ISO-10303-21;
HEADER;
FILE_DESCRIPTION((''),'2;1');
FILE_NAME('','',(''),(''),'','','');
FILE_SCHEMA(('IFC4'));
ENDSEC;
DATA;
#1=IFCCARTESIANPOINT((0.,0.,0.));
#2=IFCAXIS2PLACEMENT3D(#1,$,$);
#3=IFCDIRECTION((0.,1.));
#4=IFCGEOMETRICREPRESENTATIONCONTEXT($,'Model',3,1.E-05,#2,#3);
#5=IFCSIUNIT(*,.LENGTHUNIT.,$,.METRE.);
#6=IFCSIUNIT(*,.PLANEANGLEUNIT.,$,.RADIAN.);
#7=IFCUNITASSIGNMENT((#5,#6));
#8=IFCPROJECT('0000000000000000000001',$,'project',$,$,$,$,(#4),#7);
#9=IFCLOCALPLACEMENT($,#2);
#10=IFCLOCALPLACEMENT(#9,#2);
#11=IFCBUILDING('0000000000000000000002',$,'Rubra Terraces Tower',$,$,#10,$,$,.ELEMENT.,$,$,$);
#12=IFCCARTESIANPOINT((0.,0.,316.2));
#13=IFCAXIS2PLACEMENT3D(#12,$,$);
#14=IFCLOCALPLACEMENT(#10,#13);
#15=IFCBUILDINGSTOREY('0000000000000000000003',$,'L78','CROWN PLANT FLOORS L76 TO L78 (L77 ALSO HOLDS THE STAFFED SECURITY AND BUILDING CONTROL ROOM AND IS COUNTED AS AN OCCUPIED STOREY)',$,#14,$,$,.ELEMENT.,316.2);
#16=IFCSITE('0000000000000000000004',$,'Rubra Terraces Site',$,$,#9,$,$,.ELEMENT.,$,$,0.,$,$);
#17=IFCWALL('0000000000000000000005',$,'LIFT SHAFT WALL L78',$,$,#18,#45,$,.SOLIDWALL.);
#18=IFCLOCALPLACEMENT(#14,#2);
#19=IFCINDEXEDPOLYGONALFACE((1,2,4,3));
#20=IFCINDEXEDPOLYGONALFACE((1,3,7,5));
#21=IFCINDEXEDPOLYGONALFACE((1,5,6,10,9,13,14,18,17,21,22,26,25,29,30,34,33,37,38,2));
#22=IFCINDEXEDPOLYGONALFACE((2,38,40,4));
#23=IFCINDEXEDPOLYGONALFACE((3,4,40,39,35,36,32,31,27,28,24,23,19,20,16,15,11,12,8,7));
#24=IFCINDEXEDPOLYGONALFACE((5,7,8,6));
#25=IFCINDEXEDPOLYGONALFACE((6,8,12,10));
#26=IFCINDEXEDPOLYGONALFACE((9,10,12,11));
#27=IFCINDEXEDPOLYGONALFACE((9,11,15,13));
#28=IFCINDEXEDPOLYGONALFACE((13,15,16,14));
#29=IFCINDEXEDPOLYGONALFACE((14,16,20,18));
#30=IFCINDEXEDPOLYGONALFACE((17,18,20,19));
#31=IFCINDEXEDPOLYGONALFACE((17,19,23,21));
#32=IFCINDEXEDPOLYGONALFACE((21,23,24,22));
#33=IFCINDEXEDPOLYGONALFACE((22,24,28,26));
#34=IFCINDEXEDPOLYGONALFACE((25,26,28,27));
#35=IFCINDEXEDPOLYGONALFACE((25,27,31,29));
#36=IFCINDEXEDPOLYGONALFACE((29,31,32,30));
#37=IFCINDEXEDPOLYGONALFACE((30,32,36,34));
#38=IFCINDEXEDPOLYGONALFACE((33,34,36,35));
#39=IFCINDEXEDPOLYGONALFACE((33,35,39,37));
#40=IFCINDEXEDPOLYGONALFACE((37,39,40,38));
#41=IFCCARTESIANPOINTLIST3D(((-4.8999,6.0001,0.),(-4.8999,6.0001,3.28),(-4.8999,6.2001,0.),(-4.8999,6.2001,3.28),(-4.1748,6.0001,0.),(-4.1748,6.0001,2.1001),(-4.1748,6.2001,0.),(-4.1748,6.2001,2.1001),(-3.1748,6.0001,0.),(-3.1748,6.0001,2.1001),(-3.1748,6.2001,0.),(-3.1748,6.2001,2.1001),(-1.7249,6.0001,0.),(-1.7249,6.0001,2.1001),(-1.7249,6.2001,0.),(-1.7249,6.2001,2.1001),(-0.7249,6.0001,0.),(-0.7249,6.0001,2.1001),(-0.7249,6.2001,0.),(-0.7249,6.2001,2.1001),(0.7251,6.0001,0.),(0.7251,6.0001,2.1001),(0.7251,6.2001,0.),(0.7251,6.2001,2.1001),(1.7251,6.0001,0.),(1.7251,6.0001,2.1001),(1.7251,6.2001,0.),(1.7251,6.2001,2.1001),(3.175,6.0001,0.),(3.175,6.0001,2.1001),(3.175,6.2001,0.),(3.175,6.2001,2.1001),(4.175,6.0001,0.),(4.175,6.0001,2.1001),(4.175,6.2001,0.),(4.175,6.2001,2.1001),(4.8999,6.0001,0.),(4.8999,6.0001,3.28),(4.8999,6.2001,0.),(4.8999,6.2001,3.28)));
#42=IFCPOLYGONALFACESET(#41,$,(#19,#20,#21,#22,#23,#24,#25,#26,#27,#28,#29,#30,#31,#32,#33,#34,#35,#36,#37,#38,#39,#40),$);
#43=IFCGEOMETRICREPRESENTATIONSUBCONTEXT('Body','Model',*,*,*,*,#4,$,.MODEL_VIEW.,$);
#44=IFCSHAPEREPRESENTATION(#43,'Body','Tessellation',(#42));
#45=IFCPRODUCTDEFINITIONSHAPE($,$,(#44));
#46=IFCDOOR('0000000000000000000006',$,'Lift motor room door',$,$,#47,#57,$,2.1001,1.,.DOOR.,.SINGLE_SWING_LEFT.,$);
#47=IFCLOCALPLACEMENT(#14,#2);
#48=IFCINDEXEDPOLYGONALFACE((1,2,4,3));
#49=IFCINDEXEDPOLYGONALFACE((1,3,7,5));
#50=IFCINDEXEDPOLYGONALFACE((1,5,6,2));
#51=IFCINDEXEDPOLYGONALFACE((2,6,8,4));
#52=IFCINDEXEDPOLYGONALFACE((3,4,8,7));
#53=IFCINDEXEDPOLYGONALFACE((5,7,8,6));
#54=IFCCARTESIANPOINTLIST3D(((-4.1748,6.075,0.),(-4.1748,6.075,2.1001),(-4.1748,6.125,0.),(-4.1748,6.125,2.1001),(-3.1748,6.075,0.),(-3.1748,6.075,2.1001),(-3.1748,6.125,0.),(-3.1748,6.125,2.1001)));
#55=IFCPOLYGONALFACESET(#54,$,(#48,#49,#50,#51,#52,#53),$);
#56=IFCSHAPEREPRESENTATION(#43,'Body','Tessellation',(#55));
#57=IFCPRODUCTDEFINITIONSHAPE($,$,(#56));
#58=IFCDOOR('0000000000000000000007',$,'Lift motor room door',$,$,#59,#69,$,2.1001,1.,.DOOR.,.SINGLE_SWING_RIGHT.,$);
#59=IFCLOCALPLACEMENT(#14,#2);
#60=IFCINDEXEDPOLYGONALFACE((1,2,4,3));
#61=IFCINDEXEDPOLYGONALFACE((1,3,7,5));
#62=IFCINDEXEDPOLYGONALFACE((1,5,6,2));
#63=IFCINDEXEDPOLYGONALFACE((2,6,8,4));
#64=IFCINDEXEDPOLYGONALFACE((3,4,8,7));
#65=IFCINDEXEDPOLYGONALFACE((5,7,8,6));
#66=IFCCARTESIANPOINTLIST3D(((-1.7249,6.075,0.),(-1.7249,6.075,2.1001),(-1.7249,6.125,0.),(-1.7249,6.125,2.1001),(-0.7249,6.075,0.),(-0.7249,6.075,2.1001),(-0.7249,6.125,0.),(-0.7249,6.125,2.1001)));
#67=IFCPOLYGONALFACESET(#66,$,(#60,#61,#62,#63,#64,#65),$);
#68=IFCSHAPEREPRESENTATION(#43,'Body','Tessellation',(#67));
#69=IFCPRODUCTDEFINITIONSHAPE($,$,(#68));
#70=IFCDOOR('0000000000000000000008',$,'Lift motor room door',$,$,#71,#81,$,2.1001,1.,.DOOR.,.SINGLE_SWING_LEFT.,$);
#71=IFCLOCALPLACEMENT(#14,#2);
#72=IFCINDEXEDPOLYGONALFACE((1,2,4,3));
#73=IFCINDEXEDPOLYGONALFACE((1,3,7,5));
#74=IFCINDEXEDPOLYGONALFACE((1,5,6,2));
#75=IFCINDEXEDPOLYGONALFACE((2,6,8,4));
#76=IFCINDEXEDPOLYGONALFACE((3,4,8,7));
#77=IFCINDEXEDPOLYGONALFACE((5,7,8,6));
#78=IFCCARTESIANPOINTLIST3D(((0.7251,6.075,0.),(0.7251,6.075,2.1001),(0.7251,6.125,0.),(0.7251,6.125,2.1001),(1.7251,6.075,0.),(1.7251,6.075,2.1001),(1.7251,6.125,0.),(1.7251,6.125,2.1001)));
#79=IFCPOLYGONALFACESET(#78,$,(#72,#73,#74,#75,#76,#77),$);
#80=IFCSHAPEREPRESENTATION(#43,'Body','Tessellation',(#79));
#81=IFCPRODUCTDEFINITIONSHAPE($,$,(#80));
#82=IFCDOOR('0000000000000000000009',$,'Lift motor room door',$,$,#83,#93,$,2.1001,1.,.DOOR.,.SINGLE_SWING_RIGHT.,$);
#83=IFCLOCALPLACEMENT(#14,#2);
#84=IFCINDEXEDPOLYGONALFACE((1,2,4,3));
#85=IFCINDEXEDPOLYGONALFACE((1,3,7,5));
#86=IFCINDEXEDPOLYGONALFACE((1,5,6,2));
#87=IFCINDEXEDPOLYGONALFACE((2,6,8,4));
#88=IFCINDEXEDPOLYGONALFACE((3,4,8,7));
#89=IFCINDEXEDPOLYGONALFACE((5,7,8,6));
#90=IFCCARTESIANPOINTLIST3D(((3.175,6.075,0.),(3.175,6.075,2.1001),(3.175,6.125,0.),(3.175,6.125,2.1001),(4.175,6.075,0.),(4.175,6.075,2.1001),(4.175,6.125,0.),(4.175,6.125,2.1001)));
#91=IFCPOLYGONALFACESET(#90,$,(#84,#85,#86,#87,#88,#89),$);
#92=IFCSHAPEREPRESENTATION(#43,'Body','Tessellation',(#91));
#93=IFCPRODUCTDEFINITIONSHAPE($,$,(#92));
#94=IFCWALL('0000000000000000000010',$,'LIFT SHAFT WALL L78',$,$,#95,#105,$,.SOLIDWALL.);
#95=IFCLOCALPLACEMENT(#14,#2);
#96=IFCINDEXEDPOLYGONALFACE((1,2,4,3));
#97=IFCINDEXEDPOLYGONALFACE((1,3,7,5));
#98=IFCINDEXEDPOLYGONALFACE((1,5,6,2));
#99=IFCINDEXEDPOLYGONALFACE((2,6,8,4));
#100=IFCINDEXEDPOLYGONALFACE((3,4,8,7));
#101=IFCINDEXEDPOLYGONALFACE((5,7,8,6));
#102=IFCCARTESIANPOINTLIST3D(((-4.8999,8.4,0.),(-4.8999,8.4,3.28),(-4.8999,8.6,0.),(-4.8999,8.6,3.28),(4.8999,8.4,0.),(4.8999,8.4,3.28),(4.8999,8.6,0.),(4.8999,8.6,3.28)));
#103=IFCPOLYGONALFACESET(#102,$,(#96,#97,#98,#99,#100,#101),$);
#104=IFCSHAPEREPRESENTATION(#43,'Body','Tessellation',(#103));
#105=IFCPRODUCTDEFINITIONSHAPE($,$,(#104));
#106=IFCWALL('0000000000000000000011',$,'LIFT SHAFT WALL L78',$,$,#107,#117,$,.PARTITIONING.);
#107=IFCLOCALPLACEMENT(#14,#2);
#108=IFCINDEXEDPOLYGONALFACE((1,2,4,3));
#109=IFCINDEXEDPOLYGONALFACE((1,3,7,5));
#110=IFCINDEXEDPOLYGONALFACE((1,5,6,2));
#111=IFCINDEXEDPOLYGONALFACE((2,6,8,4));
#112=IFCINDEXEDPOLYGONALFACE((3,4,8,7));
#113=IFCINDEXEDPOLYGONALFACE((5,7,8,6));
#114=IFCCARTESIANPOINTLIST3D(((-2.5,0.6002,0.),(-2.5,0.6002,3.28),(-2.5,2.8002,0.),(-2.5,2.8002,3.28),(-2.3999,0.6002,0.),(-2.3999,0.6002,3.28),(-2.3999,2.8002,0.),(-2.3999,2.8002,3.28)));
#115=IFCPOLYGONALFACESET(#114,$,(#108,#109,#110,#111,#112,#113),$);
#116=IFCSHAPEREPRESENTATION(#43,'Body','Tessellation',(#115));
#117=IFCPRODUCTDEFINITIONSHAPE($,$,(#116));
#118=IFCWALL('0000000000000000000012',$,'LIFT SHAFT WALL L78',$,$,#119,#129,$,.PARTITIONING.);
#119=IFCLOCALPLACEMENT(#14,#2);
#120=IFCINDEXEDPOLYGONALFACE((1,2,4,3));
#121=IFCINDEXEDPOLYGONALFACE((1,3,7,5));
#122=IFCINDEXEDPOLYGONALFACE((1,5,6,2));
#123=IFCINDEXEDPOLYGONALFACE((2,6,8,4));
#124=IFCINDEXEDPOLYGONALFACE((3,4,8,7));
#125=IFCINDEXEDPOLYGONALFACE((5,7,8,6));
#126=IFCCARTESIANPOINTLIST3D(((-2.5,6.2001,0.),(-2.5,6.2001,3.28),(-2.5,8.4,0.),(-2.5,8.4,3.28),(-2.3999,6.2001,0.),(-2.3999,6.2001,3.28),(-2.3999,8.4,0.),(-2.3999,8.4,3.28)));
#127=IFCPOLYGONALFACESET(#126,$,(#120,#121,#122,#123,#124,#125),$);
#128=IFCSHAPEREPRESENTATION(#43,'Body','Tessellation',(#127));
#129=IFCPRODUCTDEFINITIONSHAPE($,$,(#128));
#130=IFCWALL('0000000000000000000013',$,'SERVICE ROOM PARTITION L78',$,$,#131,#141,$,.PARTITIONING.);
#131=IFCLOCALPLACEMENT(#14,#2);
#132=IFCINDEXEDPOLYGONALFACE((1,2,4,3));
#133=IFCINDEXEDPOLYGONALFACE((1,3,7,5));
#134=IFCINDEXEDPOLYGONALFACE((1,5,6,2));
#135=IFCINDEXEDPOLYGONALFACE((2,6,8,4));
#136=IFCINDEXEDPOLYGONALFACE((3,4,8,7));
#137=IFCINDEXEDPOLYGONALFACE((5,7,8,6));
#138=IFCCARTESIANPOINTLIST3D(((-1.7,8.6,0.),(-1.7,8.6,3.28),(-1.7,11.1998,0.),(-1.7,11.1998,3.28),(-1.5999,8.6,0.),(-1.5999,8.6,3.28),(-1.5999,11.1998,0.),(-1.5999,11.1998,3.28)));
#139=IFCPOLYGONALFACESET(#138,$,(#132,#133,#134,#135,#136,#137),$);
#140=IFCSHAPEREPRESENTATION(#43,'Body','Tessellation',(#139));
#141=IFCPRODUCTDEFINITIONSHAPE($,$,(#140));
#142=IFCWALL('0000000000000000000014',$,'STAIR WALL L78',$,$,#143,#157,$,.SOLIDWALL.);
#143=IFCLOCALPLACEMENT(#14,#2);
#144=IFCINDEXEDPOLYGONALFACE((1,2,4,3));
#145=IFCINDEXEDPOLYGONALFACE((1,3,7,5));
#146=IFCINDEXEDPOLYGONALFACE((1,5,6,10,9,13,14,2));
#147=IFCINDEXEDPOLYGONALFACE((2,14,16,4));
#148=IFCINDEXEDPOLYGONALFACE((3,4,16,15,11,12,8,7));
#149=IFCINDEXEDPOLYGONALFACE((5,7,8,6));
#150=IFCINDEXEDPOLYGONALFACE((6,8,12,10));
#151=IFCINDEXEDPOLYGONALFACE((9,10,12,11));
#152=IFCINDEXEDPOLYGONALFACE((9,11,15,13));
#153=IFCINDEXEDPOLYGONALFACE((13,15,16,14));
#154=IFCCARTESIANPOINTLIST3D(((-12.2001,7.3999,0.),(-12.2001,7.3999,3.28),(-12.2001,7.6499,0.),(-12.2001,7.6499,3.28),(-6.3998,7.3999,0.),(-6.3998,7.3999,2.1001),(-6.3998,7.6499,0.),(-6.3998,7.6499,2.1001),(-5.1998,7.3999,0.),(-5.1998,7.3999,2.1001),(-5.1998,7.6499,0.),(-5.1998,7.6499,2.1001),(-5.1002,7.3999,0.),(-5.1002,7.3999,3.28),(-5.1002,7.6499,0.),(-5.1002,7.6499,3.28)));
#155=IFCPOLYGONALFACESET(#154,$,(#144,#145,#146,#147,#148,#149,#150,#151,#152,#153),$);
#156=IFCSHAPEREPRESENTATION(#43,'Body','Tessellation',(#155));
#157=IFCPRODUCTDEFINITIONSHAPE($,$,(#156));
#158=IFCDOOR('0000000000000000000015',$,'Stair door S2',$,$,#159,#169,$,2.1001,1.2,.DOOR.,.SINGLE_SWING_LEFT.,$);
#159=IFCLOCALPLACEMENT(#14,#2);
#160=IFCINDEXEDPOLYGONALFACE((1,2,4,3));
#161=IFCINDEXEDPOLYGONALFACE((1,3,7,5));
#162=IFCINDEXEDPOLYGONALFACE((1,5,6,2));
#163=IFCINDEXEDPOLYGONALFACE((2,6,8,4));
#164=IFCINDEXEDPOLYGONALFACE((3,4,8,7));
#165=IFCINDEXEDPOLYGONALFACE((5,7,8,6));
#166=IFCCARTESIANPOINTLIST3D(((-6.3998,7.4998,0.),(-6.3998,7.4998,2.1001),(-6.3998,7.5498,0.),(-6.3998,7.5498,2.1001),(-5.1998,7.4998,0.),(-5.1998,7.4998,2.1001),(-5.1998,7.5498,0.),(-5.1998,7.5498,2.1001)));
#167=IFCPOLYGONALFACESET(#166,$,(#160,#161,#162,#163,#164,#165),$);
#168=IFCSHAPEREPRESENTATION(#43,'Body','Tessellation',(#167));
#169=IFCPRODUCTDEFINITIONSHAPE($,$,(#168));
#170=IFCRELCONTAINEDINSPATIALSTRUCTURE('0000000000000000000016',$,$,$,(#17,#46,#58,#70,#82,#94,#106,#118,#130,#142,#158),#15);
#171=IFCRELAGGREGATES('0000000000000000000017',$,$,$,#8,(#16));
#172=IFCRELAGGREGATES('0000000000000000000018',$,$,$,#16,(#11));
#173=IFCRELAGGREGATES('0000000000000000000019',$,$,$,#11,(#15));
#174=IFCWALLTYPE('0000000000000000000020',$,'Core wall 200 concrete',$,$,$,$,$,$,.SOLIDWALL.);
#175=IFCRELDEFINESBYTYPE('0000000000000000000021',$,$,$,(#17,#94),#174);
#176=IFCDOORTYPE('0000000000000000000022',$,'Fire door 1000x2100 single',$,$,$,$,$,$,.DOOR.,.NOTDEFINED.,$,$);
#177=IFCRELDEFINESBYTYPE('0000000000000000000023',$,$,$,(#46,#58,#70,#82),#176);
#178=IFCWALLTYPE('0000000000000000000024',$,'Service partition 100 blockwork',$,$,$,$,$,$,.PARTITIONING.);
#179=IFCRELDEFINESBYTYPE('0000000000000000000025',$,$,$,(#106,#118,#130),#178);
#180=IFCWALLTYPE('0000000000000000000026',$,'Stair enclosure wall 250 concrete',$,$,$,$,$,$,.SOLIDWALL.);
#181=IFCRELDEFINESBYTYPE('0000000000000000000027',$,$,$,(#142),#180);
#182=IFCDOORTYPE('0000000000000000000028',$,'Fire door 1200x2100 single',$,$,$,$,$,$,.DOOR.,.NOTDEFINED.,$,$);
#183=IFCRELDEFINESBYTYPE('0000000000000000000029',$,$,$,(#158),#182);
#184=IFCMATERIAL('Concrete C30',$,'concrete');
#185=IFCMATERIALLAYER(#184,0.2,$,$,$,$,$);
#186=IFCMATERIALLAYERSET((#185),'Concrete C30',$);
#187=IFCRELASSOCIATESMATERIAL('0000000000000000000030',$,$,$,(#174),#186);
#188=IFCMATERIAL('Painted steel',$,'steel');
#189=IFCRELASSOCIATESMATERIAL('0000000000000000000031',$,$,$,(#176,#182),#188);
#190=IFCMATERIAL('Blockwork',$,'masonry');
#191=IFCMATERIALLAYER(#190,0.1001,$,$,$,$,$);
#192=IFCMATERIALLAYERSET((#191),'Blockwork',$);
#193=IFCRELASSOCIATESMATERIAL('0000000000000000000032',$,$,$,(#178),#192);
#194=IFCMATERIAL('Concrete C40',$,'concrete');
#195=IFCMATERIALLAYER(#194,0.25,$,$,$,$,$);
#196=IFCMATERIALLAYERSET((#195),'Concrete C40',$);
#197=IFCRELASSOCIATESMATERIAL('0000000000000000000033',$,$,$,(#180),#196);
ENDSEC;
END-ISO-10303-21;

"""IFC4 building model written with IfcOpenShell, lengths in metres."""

from ifc_helpers import new_model, si_unit, direction, frame, frame_2d, origin, place, context, subcontext, project, spatial, rectangle, extrude, material, layer, layer_set, type_object, element, fill, save


model = new_model("IFC4")

# Units and contexts
model_context = context("Model", 3, precision=1e-05, world=origin(), true_north=direction((0.0, 1.0)))
body_context = subcontext(model_context, "Body", "Model", "MODEL_VIEW")
ifc_project = project(units=[si_unit("LENGTHUNIT", "METRE"), si_unit("PLANEANGLEUNIT", "RADIAN")], contexts=[model_context])

# Site, building, storey
site_placement = place(None, origin())
site = spatial("IfcSite", under=ifc_project, at=site_placement, Name="Rubra Terraces Site", CompositionType="ELEMENT", RefElevation=0.0)
building_placement = place(site_placement, origin())
building = spatial("IfcBuilding", under=site, at=building_placement, Name="Rubra Terraces Tower", CompositionType="ELEMENT")
storey_placement = place(building_placement, frame((0.0, 0.0, 316.2)))
storey = spatial("IfcBuildingStorey", under=building, at=storey_placement, Name="L78", Description="CROWN PLANT FLOORS L76 TO L78 (L77 ALSO HOLDS THE STAFFED SECURITY AND BUILDING CONTROL ROOM AND IS COUNTED AS AN OCCUPIED STOREY)", CompositionType="ELEMENT", Elevation=316.2)

# Shared definitions
ifc_material_1 = material(Name="Concrete C40", Category="concrete")
ifc_material_2 = material(Name="Concrete C30", Category="concrete")
ifc_layer_1 = layer(ifc_material_2, 0.2)
ifc_layer_set_1 = layer_set([ifc_layer_1], Name="Concrete C30")
wall_type_1 = type_object("IfcWallType", Name="Core wall 200 concrete", PredefinedType="SOLIDWALL", material=ifc_layer_set_1)

# Wall, openings, doors
ifc_material_3 = material(Name="Painted steel", Category="steel")
door_type_1 = type_object("IfcDoorType", Name="Fire door 1000x2100 single", OperationType="NOTDEFINED", PredefinedType="DOOR", material=ifc_material_3)
door_type_2 = type_object("IfcDoorType", Name="Fire door 1200x2100 single", OperationType="NOTDEFINED", PredefinedType="DOOR", material=ifc_material_3)
wall_1_placement = place(storey_placement, frame((-4.8999, 6.1001, 0.0), z_axis=(0.0, 0.0, 1.0), x_axis=(1.0, 0.0, 0.0)))
wall_1 = element("IfcWall", 1, at=wall_1_placement, inside=storey, type_object=wall_type_1, Name="LIFT SHAFT WALL L78", PredefinedType="SOLIDWALL", context=body_context, shape_type="SweptSolid", body=[
    extrude(rectangle(XDim=9.7998, YDim=0.2, at=frame_2d((4.8999, 0.0))), origin(), (0.0, 0.0, 1.0), 3.28),
])
opening_1_placement = place(wall_1_placement, frame((0.7251, 0.0, 0.0)))
opening_1 = element("IfcOpeningElement", 2, at=opening_1_placement, cuts=wall_1, PredefinedType="OPENING", context=body_context, shape_type="SweptSolid", body=[
    extrude(rectangle(XDim=1.0, YDim=2.1001, at=frame_2d((0.5, 1.05))), frame((0.0, 0.1099, 0.0), z_axis=(0.0, -1.0, 0.0), x_axis=(1.0, 0.0, 0.0)), (0.0, 0.0, 1.0), 0.22),
])
opening_2_placement = place(wall_1_placement, frame((3.175, 0.0, 0.0)))
opening_2 = element("IfcOpeningElement", 3, at=opening_2_placement, cuts=wall_1, PredefinedType="OPENING", context=body_context, shape_type="SweptSolid", body=[
    extrude(rectangle(XDim=1.0, YDim=2.1001, at=frame_2d((0.5, 1.05))), frame((0.0, 0.1099, 0.0), z_axis=(0.0, -1.0, 0.0), x_axis=(1.0, 0.0, 0.0)), (0.0, 0.0, 1.0), 0.22),
])
opening_3_placement = place(wall_1_placement, frame((5.625, 0.0, 0.0)))
opening_3 = element("IfcOpeningElement", 4, at=opening_3_placement, cuts=wall_1, PredefinedType="OPENING", context=body_context, shape_type="SweptSolid", body=[
    extrude(rectangle(XDim=1.0, YDim=2.1001, at=frame_2d((0.5, 1.05))), frame((0.0, 0.1099, 0.0), z_axis=(0.0, -1.0, 0.0), x_axis=(1.0, 0.0, 0.0)), (0.0, 0.0, 1.0), 0.22),
])
opening_4_placement = place(wall_1_placement, frame((8.075, 0.0, 0.0)))
opening_4 = element("IfcOpeningElement", 5, at=opening_4_placement, cuts=wall_1, PredefinedType="OPENING", context=body_context, shape_type="SweptSolid", body=[
    extrude(rectangle(XDim=1.0, YDim=2.1001, at=frame_2d((0.5, 1.05))), frame((0.0, 0.1099, 0.0), z_axis=(0.0, -1.0, 0.0), x_axis=(1.0, 0.0, 0.0)), (0.0, 0.0, 1.0), 0.22),
])
door_1_placement = place(opening_1_placement, origin())
door_1 = element("IfcDoor", 6, at=door_1_placement, inside=storey, type_object=door_type_1, Name="Lift motor room door", OperationType="SINGLE_SWING_LEFT", OverallHeight=2.1001, OverallWidth=1.0, PredefinedType="DOOR", context=body_context, shape_type="SweptSolid", body=[
    extrude(rectangle(XDim=1.0, YDim=2.1001, at=frame_2d((0.5, 1.05))), frame((0.0, 0.0249, 0.0), z_axis=(0.0, -1.0, 0.0), x_axis=(1.0, 0.0, 0.0)), (0.0, 0.0, 1.0), 0.05),
])
fill(opening_1, door_1)
door_2_placement = place(opening_2_placement, origin())
door_2 = element("IfcDoor", 7, at=door_2_placement, inside=storey, type_object=door_type_1, Name="Lift motor room door", OperationType="SINGLE_SWING_RIGHT", OverallHeight=2.1001, OverallWidth=1.0, PredefinedType="DOOR", context=body_context, shape_type="SweptSolid", body=[
    extrude(rectangle(XDim=1.0, YDim=2.1001, at=frame_2d((0.5, 1.05))), frame((0.0, 0.0249, 0.0), z_axis=(0.0, -1.0, 0.0), x_axis=(1.0, 0.0, 0.0)), (0.0, 0.0, 1.0), 0.05),
])
fill(opening_2, door_2)
door_3_placement = place(opening_3_placement, origin())
door_3 = element("IfcDoor", 8, at=door_3_placement, inside=storey, type_object=door_type_1, Name="Lift motor room door", OperationType="SINGLE_SWING_LEFT", OverallHeight=2.1001, OverallWidth=1.0, PredefinedType="DOOR", context=body_context, shape_type="SweptSolid", body=[
    extrude(rectangle(XDim=1.0, YDim=2.1001, at=frame_2d((0.5, 1.05))), frame((0.0, 0.0249, 0.0), z_axis=(0.0, -1.0, 0.0), x_axis=(1.0, 0.0, 0.0)), (0.0, 0.0, 1.0), 0.05),
])
fill(opening_3, door_3)
door_4_placement = place(opening_4_placement, origin())
door_4 = element("IfcDoor", 9, at=door_4_placement, inside=storey, type_object=door_type_1, Name="Lift motor room door", OperationType="SINGLE_SWING_RIGHT", OverallHeight=2.1001, OverallWidth=1.0, PredefinedType="DOOR", context=body_context, shape_type="SweptSolid", body=[
    extrude(rectangle(XDim=1.0, YDim=2.1001, at=frame_2d((0.5, 1.05))), frame((0.0, 0.0249, 0.0), z_axis=(0.0, -1.0, 0.0), x_axis=(1.0, 0.0, 0.0)), (0.0, 0.0, 1.0), 0.05),
])
fill(opening_4, door_4)

# Walls
wall_2_placement = place(storey_placement, frame((-4.8999, 8.5, 0.0), z_axis=(0.0, 0.0, 1.0), x_axis=(1.0, 0.0, 0.0)))
element("IfcWall", 10, at=wall_2_placement, inside=storey, type_object=wall_type_1, Name="LIFT SHAFT WALL L78", PredefinedType="SOLIDWALL", context=body_context, shape_type="SweptSolid", body=[
    extrude(rectangle(XDim=9.7998, YDim=0.2, at=frame_2d((4.8999, 0.0))), origin(), (0.0, 0.0, 1.0), 3.28),
])
ifc_material_4 = material(Name="Blockwork", Category="masonry")
ifc_layer_2 = layer(ifc_material_4, 0.1001)
ifc_layer_set_2 = layer_set([ifc_layer_2], Name="Blockwork")
wall_type_2 = type_object("IfcWallType", Name="Service partition 100 blockwork", PredefinedType="PARTITIONING", material=ifc_layer_set_2)
for number, where, z_axis, x_axis, name in (
    (11, (-2.45, 0.6001, 0.0), (0.0, 0.0, 1.0), (0.0, 1.0, 0.0), "LIFT SHAFT WALL L78"),
    (12, (-2.45, 6.2, 0.0), (0.0, 0.0, 1.0), (0.0, 1.0, 0.0), "LIFT SHAFT WALL L78"),
):
    element("IfcWall", number, at=place(storey_placement, frame(where, z_axis=z_axis, x_axis=x_axis)), inside=storey, type_object=wall_type_2, Name=name, PredefinedType="PARTITIONING", context=body_context, shape_type="SweptSolid", body=[
        extrude(rectangle(XDim=2.2, YDim=0.1001, at=frame_2d((1.1001, 0.0))), origin(), (0.0, 0.0, 1.0), 3.28),
    ])
wall_3_placement = place(storey_placement, frame((-1.6499, 8.6001, 0.0), z_axis=(0.0, 0.0, 1.0), x_axis=(0.0, 1.0, 0.0)))
element("IfcWall", 13, at=wall_3_placement, inside=storey, type_object=wall_type_2, Name="SERVICE ROOM PARTITION L78", PredefinedType="PARTITIONING", context=body_context, shape_type="SweptSolid", body=[
    extrude(rectangle(XDim=2.5999, YDim=0.1001, at=frame_2d((1.2998, 0.0))), origin(), (0.0, 0.0, 1.0), 3.28),
])

# Wall, opening, door
ifc_layer_3 = layer(ifc_material_1, 0.25)
ifc_layer_set_3 = layer_set([ifc_layer_3], Name="Concrete C40")
wall_type_3 = type_object("IfcWallType", Name="Stair enclosure wall 250 concrete", PredefinedType="SOLIDWALL", material=ifc_layer_set_3)
wall_4_placement = place(storey_placement, frame((-12.2, 7.5249, 0.0), z_axis=(0.0, 0.0, 1.0), x_axis=(1.0, 0.0, 0.0)))
wall_4 = element("IfcWall", 14, at=wall_4_placement, inside=storey, type_object=wall_type_3, Name="STAIR WALL L78", PredefinedType="SOLIDWALL", context=body_context, shape_type="SweptSolid", body=[
    extrude(rectangle(XDim=7.0999, YDim=0.25, at=frame_2d((3.5498, 0.0))), origin(), (0.0, 0.0, 1.0), 3.28),
])
opening_5_placement = place(wall_4_placement, frame((5.8, 0.0, 0.0)))
opening_5 = element("IfcOpeningElement", 15, at=opening_5_placement, cuts=wall_4, PredefinedType="OPENING", context=body_context, shape_type="SweptSolid", body=[
    extrude(rectangle(XDim=1.2, YDim=2.1001, at=frame_2d((0.6001, 1.05))), frame((0.0, 0.135, 0.0), z_axis=(0.0, -1.0, 0.0), x_axis=(1.0, 0.0, 0.0)), (0.0, 0.0, 1.0), 0.27),
])
door_5_placement = place(opening_5_placement, origin())
door_5 = element("IfcDoor", 16, at=door_5_placement, inside=storey, type_object=door_type_2, Name="Stair door S2", OperationType="SINGLE_SWING_LEFT", OverallHeight=2.1001, OverallWidth=1.2, PredefinedType="DOOR", context=body_context, shape_type="SweptSolid", body=[
    extrude(rectangle(XDim=1.2, YDim=2.1001, at=frame_2d((0.6001, 1.05))), frame((0.0, 0.0249, 0.0), z_axis=(0.0, -1.0, 0.0), x_axis=(1.0, 0.0, 0.0)), (0.0, 0.0, 1.0), 0.05),
])
fill(opening_5, door_5)

save(model, "model.ifc")
